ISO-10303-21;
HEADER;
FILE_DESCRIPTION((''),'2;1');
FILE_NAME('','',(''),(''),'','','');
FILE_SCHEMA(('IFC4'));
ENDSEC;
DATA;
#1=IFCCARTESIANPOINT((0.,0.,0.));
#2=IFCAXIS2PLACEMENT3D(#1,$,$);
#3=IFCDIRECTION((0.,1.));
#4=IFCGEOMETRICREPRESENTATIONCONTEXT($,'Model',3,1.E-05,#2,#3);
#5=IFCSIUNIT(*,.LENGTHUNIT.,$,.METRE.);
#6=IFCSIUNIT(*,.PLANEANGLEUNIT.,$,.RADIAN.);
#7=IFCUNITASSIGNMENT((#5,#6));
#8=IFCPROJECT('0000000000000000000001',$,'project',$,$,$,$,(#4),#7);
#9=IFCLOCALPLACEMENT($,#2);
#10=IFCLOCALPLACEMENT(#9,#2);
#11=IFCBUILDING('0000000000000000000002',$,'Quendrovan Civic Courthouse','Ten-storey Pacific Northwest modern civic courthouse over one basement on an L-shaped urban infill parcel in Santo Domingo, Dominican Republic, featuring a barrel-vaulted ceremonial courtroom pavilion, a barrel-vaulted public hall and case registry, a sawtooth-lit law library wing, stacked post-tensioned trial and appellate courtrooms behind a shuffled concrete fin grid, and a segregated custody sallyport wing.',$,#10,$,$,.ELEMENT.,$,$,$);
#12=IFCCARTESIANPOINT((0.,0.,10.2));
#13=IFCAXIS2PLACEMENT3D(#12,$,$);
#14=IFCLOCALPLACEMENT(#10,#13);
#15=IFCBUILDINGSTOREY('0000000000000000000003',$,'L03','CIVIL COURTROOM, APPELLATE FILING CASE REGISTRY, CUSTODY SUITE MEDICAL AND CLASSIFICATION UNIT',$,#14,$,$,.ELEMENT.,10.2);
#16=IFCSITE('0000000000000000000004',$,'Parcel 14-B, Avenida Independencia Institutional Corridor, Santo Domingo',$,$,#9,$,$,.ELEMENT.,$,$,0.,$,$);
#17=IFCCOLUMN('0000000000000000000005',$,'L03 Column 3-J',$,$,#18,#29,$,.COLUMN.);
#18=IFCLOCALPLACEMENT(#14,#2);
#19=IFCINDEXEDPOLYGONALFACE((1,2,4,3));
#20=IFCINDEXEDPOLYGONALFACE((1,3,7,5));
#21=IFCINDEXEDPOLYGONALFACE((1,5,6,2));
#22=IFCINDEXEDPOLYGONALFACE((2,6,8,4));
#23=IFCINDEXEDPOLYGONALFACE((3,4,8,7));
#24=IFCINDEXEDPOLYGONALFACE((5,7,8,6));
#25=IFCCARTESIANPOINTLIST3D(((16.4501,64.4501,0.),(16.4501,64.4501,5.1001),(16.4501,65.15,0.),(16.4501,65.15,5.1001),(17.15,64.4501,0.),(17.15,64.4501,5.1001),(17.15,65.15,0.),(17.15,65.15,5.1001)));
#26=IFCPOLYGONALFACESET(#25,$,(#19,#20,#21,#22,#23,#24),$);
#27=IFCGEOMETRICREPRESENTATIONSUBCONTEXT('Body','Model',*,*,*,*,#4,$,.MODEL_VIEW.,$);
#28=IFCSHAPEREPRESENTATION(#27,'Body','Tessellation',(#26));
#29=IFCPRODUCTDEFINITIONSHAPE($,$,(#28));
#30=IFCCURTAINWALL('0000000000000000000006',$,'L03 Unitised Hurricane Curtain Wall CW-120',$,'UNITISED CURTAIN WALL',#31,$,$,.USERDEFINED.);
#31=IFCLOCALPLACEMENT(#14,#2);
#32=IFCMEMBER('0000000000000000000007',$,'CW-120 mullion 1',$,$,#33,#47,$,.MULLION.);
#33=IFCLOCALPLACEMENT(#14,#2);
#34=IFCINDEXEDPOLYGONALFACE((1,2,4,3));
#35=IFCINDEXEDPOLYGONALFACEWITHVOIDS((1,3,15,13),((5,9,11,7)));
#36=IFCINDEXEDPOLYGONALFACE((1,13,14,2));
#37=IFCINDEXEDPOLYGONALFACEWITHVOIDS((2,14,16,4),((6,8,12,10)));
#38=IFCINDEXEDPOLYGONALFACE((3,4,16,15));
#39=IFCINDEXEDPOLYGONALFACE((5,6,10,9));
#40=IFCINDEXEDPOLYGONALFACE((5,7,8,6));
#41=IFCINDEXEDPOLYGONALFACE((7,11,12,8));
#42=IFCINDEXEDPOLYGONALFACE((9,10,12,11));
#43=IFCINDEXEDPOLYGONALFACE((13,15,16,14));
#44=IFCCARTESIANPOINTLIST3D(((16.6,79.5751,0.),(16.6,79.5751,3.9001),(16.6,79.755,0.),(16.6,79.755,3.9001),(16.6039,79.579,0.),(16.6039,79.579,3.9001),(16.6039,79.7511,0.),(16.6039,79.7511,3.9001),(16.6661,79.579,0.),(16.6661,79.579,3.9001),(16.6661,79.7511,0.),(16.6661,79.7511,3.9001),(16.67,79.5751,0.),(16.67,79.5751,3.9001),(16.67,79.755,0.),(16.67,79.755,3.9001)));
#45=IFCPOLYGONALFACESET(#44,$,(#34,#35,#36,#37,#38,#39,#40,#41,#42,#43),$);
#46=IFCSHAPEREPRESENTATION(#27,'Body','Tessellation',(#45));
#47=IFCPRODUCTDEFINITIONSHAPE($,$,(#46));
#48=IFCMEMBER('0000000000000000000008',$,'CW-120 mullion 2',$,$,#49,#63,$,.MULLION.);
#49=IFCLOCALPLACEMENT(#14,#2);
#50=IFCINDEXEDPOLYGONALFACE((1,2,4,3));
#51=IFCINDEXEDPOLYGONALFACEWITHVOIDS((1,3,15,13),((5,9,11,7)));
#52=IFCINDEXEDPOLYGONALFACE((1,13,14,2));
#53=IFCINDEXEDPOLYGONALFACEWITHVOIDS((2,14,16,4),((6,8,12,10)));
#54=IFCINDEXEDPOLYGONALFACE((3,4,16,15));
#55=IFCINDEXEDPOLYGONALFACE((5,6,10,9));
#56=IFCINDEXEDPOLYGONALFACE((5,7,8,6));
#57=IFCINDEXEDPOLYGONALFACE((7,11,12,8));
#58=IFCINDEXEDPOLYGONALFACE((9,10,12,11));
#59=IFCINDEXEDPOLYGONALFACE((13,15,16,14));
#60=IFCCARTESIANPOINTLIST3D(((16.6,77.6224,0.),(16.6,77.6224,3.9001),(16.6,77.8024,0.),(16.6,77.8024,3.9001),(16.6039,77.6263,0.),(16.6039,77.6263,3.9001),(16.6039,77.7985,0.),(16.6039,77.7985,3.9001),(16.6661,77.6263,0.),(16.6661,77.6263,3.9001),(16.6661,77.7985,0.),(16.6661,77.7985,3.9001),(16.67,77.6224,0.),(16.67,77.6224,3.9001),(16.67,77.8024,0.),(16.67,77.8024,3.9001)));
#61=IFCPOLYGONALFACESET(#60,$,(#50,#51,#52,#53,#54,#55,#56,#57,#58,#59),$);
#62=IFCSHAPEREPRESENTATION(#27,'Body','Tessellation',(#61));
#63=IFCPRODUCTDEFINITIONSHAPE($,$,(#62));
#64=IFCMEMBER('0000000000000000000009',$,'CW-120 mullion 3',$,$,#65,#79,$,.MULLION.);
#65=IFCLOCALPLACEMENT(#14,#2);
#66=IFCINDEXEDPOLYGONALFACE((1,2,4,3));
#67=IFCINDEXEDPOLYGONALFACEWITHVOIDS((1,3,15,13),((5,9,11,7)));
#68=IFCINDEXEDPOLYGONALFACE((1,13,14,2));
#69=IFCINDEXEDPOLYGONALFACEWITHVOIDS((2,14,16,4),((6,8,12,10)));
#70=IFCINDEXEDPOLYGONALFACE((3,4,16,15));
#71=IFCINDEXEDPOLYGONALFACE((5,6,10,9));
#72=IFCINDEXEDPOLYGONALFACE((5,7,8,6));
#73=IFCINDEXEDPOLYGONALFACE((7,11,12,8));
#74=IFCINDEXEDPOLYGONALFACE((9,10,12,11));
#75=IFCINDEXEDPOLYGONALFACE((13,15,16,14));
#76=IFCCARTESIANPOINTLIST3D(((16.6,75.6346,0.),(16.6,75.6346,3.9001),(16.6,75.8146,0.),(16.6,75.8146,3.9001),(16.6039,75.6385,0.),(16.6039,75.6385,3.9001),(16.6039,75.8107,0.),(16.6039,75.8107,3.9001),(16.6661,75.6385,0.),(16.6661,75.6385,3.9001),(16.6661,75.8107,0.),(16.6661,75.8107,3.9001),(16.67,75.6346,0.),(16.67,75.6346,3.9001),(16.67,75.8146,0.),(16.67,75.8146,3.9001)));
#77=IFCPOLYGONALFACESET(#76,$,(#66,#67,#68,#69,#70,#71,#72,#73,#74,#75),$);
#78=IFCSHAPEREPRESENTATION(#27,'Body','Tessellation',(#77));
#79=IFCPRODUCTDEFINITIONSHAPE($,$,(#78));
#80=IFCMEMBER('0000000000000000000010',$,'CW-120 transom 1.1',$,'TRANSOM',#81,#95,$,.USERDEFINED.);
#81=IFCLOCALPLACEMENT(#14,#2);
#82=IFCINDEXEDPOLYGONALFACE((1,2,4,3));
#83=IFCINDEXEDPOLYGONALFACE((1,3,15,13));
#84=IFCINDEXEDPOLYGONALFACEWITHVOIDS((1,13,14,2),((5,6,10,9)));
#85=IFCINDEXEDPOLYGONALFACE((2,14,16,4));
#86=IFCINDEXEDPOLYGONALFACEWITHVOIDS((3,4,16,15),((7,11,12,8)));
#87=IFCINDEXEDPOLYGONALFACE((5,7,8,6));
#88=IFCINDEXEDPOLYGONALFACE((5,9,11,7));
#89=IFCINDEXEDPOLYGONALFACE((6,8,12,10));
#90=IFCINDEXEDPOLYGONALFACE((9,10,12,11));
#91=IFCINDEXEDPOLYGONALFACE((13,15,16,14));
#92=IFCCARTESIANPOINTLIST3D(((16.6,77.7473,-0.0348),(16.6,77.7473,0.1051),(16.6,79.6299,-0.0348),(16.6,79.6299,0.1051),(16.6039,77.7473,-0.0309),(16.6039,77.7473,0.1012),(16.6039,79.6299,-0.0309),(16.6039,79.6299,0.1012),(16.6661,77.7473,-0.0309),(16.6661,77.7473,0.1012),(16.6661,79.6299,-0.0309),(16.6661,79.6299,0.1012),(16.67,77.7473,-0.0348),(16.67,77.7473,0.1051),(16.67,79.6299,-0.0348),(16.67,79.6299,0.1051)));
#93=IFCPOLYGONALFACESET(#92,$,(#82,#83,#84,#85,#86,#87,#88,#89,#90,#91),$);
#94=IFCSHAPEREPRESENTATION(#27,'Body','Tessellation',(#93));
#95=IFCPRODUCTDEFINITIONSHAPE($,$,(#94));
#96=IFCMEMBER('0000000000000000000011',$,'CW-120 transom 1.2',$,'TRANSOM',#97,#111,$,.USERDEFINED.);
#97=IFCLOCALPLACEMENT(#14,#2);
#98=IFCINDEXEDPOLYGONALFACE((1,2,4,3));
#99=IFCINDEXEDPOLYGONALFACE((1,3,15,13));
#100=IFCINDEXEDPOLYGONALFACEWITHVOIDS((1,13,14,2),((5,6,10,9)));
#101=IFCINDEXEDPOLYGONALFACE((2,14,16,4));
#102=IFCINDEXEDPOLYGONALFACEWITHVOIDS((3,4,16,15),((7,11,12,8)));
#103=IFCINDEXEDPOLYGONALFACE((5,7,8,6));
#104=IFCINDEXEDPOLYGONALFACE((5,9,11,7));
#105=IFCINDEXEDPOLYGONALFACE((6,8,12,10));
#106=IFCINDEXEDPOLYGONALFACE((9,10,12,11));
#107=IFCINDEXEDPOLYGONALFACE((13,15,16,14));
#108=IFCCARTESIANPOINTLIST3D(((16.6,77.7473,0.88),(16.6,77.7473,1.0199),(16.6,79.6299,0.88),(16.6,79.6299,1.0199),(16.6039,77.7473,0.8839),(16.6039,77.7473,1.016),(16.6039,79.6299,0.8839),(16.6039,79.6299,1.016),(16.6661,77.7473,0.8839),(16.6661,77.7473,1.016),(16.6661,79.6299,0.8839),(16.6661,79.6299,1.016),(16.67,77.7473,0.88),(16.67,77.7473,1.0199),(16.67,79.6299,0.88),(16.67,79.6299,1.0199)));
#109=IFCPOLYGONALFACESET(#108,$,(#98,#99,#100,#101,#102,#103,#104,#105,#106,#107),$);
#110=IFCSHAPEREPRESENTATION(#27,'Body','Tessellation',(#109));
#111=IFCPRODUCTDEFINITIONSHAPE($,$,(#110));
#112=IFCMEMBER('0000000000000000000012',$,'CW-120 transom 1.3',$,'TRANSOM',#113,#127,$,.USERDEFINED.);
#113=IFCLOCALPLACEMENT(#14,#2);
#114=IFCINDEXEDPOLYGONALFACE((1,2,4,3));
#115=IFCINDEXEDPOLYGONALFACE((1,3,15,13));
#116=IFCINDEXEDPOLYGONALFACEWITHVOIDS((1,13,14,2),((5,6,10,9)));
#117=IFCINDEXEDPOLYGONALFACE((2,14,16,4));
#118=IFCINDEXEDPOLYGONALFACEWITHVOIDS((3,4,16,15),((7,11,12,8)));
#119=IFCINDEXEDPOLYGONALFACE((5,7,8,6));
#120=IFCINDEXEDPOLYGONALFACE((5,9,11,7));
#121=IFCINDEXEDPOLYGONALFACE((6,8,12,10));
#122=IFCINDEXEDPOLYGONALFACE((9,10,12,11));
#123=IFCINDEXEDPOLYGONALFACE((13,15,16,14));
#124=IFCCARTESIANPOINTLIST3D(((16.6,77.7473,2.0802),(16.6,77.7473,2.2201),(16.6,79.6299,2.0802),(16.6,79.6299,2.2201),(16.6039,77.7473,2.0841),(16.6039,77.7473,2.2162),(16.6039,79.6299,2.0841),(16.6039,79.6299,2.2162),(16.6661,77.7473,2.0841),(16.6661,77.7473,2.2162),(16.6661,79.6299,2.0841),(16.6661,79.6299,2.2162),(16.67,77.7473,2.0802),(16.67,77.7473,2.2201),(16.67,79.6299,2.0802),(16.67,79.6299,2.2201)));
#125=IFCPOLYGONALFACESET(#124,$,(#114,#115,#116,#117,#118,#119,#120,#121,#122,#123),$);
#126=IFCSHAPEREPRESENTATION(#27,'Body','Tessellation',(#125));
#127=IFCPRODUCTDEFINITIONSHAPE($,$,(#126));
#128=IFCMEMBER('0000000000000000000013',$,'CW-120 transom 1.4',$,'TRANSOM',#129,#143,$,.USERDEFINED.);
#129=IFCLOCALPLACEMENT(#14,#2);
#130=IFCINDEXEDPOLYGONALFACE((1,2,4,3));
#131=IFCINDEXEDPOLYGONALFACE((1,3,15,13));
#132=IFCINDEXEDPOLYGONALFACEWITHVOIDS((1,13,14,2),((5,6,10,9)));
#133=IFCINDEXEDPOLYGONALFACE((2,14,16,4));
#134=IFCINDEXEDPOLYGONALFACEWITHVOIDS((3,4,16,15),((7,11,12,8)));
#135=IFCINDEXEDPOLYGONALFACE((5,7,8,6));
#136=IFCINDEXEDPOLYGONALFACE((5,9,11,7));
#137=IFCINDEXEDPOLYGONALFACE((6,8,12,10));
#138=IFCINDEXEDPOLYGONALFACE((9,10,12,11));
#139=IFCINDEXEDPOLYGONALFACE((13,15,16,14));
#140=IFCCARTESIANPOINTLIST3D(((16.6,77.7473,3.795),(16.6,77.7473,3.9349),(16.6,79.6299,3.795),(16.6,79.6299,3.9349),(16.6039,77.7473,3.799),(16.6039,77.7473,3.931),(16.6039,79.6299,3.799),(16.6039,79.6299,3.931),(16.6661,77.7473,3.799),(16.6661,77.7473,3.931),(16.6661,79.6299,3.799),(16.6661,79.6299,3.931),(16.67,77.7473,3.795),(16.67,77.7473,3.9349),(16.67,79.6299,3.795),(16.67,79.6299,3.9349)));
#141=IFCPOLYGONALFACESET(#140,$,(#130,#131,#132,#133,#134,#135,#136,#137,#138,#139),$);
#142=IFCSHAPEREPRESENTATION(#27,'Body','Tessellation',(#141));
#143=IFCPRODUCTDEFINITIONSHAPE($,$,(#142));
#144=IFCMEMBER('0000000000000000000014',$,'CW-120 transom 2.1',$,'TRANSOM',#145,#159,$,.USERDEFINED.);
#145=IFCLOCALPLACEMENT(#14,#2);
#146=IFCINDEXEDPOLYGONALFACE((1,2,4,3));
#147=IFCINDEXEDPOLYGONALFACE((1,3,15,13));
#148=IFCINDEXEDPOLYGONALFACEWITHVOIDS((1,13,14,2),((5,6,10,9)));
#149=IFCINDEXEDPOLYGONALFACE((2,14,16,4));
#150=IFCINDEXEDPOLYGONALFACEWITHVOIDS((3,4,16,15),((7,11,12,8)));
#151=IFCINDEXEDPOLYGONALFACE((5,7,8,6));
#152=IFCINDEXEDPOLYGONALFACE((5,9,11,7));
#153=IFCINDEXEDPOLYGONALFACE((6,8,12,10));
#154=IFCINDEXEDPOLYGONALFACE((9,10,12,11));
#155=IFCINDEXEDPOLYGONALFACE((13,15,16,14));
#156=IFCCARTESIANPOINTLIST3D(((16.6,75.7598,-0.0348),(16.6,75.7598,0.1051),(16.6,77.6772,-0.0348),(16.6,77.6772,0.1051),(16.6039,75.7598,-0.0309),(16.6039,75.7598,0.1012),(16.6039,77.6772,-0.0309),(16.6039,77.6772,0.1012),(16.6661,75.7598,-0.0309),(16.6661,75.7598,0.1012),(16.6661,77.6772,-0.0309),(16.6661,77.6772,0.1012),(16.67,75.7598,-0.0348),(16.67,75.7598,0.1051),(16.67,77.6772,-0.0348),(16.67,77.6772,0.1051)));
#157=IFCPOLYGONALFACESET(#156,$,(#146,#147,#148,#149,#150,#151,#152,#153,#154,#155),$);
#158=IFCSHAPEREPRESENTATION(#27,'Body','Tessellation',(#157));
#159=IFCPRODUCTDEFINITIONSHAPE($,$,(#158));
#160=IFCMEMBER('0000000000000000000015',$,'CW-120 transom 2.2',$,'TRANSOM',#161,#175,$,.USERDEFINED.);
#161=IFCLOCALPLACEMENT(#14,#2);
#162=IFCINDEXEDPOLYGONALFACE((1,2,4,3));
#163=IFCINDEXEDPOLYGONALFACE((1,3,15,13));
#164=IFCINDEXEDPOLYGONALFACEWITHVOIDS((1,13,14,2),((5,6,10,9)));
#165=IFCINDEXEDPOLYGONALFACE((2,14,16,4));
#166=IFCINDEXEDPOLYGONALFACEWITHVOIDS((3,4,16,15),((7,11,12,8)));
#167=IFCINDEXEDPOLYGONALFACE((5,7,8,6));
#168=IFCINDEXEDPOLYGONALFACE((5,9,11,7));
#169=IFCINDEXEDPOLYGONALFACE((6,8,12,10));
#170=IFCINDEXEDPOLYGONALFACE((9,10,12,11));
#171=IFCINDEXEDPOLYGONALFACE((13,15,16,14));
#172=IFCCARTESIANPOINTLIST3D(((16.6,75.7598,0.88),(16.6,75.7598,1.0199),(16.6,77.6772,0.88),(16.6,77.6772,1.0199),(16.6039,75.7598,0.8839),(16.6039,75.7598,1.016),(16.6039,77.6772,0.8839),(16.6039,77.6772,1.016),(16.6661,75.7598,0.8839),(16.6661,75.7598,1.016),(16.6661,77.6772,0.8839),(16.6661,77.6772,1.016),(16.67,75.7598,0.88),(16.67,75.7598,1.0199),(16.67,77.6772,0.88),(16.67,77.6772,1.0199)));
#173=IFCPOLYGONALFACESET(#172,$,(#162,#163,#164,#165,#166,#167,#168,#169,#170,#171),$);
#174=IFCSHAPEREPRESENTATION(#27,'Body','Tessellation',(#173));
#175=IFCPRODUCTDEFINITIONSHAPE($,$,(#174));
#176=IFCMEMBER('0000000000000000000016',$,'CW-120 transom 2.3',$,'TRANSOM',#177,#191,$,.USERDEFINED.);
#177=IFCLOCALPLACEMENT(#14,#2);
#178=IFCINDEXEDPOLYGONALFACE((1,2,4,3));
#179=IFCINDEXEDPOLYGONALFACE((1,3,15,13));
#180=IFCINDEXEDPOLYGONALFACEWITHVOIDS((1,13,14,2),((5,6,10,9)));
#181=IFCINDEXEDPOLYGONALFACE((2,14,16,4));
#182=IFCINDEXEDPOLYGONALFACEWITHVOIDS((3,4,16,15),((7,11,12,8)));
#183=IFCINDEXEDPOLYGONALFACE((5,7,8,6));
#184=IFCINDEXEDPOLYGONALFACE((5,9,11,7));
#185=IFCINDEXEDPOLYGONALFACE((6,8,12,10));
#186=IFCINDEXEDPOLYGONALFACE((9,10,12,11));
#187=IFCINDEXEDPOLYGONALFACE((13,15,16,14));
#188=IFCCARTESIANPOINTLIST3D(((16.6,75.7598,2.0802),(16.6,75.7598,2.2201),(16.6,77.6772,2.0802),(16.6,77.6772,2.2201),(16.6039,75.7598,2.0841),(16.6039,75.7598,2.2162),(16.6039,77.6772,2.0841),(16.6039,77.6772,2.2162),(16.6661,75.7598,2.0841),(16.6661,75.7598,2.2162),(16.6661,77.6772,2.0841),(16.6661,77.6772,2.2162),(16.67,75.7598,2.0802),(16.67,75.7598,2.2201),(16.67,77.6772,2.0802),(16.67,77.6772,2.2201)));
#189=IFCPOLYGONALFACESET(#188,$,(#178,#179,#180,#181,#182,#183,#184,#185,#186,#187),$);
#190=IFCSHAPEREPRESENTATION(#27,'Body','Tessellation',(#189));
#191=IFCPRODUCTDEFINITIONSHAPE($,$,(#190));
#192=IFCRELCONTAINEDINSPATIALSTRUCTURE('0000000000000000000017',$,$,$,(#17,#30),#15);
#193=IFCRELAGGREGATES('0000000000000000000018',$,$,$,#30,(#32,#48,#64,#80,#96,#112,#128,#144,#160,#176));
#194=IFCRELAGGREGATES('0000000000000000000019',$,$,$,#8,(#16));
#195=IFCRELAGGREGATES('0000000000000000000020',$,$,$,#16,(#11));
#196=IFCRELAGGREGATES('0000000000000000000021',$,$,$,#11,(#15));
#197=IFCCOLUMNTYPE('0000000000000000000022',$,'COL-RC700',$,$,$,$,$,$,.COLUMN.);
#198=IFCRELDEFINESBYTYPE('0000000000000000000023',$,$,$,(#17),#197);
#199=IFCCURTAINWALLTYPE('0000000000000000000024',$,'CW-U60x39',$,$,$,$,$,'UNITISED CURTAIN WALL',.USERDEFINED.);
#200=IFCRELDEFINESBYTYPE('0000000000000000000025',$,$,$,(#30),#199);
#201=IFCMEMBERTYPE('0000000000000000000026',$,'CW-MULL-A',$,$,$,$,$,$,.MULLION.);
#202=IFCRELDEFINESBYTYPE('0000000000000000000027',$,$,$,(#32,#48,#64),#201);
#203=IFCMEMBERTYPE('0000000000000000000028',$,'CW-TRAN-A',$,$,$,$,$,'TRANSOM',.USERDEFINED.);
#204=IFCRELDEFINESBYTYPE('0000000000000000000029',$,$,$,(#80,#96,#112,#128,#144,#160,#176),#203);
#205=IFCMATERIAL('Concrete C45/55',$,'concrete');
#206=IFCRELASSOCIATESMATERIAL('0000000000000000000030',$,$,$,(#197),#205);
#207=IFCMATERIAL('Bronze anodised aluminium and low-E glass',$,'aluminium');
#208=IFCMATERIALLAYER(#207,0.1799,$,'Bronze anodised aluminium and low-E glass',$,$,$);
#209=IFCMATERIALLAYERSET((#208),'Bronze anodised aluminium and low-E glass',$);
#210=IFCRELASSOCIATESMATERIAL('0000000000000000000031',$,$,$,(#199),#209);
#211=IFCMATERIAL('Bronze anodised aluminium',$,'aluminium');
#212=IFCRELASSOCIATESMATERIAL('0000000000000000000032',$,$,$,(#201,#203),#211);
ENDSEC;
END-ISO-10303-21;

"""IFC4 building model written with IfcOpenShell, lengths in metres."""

from ifc_helpers import new_model, si_unit, direction, frame, origin, origin_2d, place, context, subcontext, project, spatial, rectangle, hollow_rectangle, extrude, material, layer, layer_set, material_profile, profile_set, type_object, element, aggregate, save


model = new_model("IFC4")

# Units and contexts
model_context = context("Model", 3, precision=1e-05, world=origin(), true_north=direction((0.0, 1.0)))
body_context = subcontext(model_context, "Body", "Model", "MODEL_VIEW")
ifc_project = project(units=[si_unit("LENGTHUNIT", "METRE"), si_unit("PLANEANGLEUNIT", "RADIAN")], contexts=[model_context])

# Site, building, storey
site_placement = place(None, origin())
site = spatial("IfcSite", under=ifc_project, at=site_placement, Name="Parcel 14-B, Avenida Independencia Institutional Corridor, Santo Domingo", CompositionType="ELEMENT", RefElevation=0.0)
building_placement = place(site_placement, origin())
building = spatial("IfcBuilding", under=site, at=building_placement, Name="Quendrovan Civic Courthouse", Description="Ten-storey Pacific Northwest modern civic courthouse over one basement on an L-shaped urban infill parcel in Santo Domingo, Dominican Republic, featuring a barrel-vaulted ceremonial courtroom pavilion, a barrel-vaulted public hall and case registry, a sawtooth-lit law library wing, stacked post-tensioned trial and appellate courtrooms behind a shuffled concrete fin grid, and a segregated custody sallyport wing.", CompositionType="ELEMENT")
storey_placement = place(building_placement, frame((0.0, 0.0, 10.2)))
storey = spatial("IfcBuildingStorey", under=building, at=storey_placement, Name="L03", Description="CIVIL COURTROOM, APPELLATE FILING CASE REGISTRY, CUSTODY SUITE MEDICAL AND CLASSIFICATION UNIT", CompositionType="ELEMENT", Elevation=10.2)

# Column
ifc_material_1 = material(Name="Concrete C45/55", Category="concrete")
ifc_material_profile_1 = material_profile(ifc_material_1, rectangle(XDim=0.7, YDim=0.7, at=origin_2d()), Name="RC-COL-700x700")
ifc_profile_set_1 = profile_set([ifc_material_profile_1], Name="Concrete C45/55")
column_type = type_object("IfcColumnType", Name="COL-RC700", PredefinedType="COLUMN", material=ifc_profile_set_1)
column_placement = place(storey_placement, frame((16.8, 64.8, 0.0), z_axis=(0.0, 0.0, 1.0), x_axis=(1.0, 0.0, 0.0)))
element("IfcColumn", 1, at=column_placement, inside=storey, type_object=column_type, Name="L03 Column 3-J", PredefinedType="COLUMN", context=body_context, shape_type="SweptSolid", body=[
    extrude(rectangle(XDim=0.7, YDim=0.7, at=origin_2d()), origin(), (0.0, 0.0, 1.0), 5.1001),
])

# Curtain wall, members
ifc_material_2 = material(Name="Bronze anodised aluminium and low-E glass", Category="aluminium")
ifc_layer_1 = layer(ifc_material_2, 0.1799, Name="Bronze anodised aluminium and low-E glass")
ifc_layer_set_1 = layer_set([ifc_layer_1], Name="Bronze anodised aluminium and low-E glass")
curtain_wall_type = type_object("IfcCurtainWallType", Name="CW-U60x39", ElementType="UNITISED CURTAIN WALL", PredefinedType="USERDEFINED", material=ifc_layer_set_1)
curtain_wall_placement = place(storey_placement, origin())
curtain_wall = element("IfcCurtainWall", 2, at=curtain_wall_placement, inside=storey, type_object=curtain_wall_type, Name="L03 Unitised Hurricane Curtain Wall CW-120", ObjectType="UNITISED CURTAIN WALL", PredefinedType="USERDEFINED")
ifc_material_3 = material(Name="Bronze anodised aluminium", Category="aluminium")
ifc_material_profile_2 = material_profile(ifc_material_3, hollow_rectangle(XDim=0.0701, YDim=0.1799, WallThickness=0.0039, at=origin_2d()), Name="CW-MULL-70x180")
ifc_profile_set_2 = profile_set([ifc_material_profile_2], Name="Bronze anodised aluminium")
member_type_1 = type_object("IfcMemberType", Name="CW-MULL-A", PredefinedType="MULLION", material=ifc_profile_set_2)
member_1_placement = place(storey_placement, frame((16.635, 79.665, 0.0), z_axis=(0.0, 0.0, 1.0), x_axis=(1.0, 0.0, 0.0)))
member_1 = element("IfcMember", 3, at=member_1_placement, type_object=member_type_1, Name="CW-120 mullion 1", PredefinedType="MULLION", context=body_context, shape_type="SweptSolid", body=[
    extrude(hollow_rectangle(XDim=0.0701, YDim=0.1799, WallThickness=0.0039, at=origin_2d()), origin(), (0.0, 0.0, 1.0), 3.9001),
])
member_2_placement = place(storey_placement, frame((16.635, 77.7124, 0.0), z_axis=(0.0, 0.0, 1.0), x_axis=(1.0, 0.0, 0.0)))
member_2 = element("IfcMember", 4, at=member_2_placement, type_object=member_type_1, Name="CW-120 mullion 2", PredefinedType="MULLION", context=body_context, shape_type="SweptSolid", body=[
    extrude(hollow_rectangle(XDim=0.0701, YDim=0.1799, WallThickness=0.0039, at=origin_2d()), origin(), (0.0, 0.0, 1.0), 3.9001),
])
member_3_placement = place(storey_placement, frame((16.635, 75.7246, 0.0), z_axis=(0.0, 0.0, 1.0), x_axis=(1.0, 0.0, 0.0)))
member_3 = element("IfcMember", 5, at=member_3_placement, type_object=member_type_1, Name="CW-120 mullion 3", PredefinedType="MULLION", context=body_context, shape_type="SweptSolid", body=[
    extrude(hollow_rectangle(XDim=0.0701, YDim=0.1799, WallThickness=0.0039, at=origin_2d()), origin(), (0.0, 0.0, 1.0), 3.9001),
])
ifc_material_profile_3 = material_profile(ifc_material_3, hollow_rectangle(XDim=0.0701, YDim=0.1399, WallThickness=0.0039, at=origin_2d()), Name="CW-TRAN-70x140")
ifc_profile_set_3 = profile_set([ifc_material_profile_3], Name="Bronze anodised aluminium")
member_type_2 = type_object("IfcMemberType", Name="CW-TRAN-A", ElementType="TRANSOM", PredefinedType="USERDEFINED", material=ifc_profile_set_3)
member_4_placement = place(storey_placement, frame((16.635, 79.6299, 0.0352), z_axis=(0.0, -1.0, 0.0), x_axis=(1.0, 0.0, 0.0)))
member_4 = element("IfcMember", 6, at=member_4_placement, type_object=member_type_2, Name="CW-120 transom 1.1", ObjectType="TRANSOM", PredefinedType="USERDEFINED", context=body_context, shape_type="SweptSolid", body=[
    extrude(hollow_rectangle(XDim=0.0701, YDim=0.1399, WallThickness=0.0039, at=origin_2d()), origin(), (0.0, 0.0, 1.0), 1.8826),
])
member_5_placement = place(storey_placement, frame((16.635, 79.6299, 0.95), z_axis=(0.0, -1.0, 0.0), x_axis=(1.0, 0.0, 0.0)))
member_5 = element("IfcMember", 7, at=member_5_placement, type_object=member_type_2, Name="CW-120 transom 1.2", ObjectType="TRANSOM", PredefinedType="USERDEFINED", context=body_context, shape_type="SweptSolid", body=[
    extrude(hollow_rectangle(XDim=0.0701, YDim=0.1399, WallThickness=0.0039, at=origin_2d()), origin(), (0.0, 0.0, 1.0), 1.8826),
])
member_6_placement = place(storey_placement, frame((16.635, 79.6299, 2.1501), z_axis=(0.0, -1.0, 0.0), x_axis=(1.0, 0.0, 0.0)))
member_6 = element("IfcMember", 8, at=member_6_placement, type_object=member_type_2, Name="CW-120 transom 1.3", ObjectType="TRANSOM", PredefinedType="USERDEFINED", context=body_context, shape_type="SweptSolid", body=[
    extrude(hollow_rectangle(XDim=0.0701, YDim=0.1399, WallThickness=0.0039, at=origin_2d()), origin(), (0.0, 0.0, 1.0), 1.8826),
])
member_7_placement = place(storey_placement, frame((16.635, 79.6299, 3.865), z_axis=(0.0, -1.0, 0.0), x_axis=(1.0, 0.0, 0.0)))
member_7 = element("IfcMember", 9, at=member_7_placement, type_object=member_type_2, Name="CW-120 transom 1.4", ObjectType="TRANSOM", PredefinedType="USERDEFINED", context=body_context, shape_type="SweptSolid", body=[
    extrude(hollow_rectangle(XDim=0.0701, YDim=0.1399, WallThickness=0.0039, at=origin_2d()), origin(), (0.0, 0.0, 1.0), 1.8826),
])
member_8_placement = place(storey_placement, frame((16.635, 77.6772, 0.0352), z_axis=(0.0, -1.0, 0.0), x_axis=(1.0, 0.0, 0.0)))
member_8 = element("IfcMember", 10, at=member_8_placement, type_object=member_type_2, Name="CW-120 transom 2.1", ObjectType="TRANSOM", PredefinedType="USERDEFINED", context=body_context, shape_type="SweptSolid", body=[
    extrude(hollow_rectangle(XDim=0.0701, YDim=0.1399, WallThickness=0.0039, at=origin_2d()), origin(), (0.0, 0.0, 1.0), 1.9175),
])
member_9_placement = place(storey_placement, frame((16.635, 77.6772, 0.95), z_axis=(0.0, -1.0, 0.0), x_axis=(1.0, 0.0, 0.0)))
member_9 = element("IfcMember", 11, at=member_9_placement, type_object=member_type_2, Name="CW-120 transom 2.2", ObjectType="TRANSOM", PredefinedType="USERDEFINED", context=body_context, shape_type="SweptSolid", body=[
    extrude(hollow_rectangle(XDim=0.0701, YDim=0.1399, WallThickness=0.0039, at=origin_2d()), origin(), (0.0, 0.0, 1.0), 1.9175),
])
member_10_placement = place(storey_placement, frame((16.635, 77.6772, 2.1501), z_axis=(0.0, -1.0, 0.0), x_axis=(1.0, 0.0, 0.0)))
member_10 = element("IfcMember", 12, at=member_10_placement, type_object=member_type_2, Name="CW-120 transom 2.3", ObjectType="TRANSOM", PredefinedType="USERDEFINED", context=body_context, shape_type="SweptSolid", body=[
    extrude(hollow_rectangle(XDim=0.0701, YDim=0.1399, WallThickness=0.0039, at=origin_2d()), origin(), (0.0, 0.0, 1.0), 1.9175),
])
aggregate(curtain_wall, [member_1, member_2, member_3, member_4, member_5, member_6, member_7, member_8, member_9, member_10])

save(model, "model.ifc")
